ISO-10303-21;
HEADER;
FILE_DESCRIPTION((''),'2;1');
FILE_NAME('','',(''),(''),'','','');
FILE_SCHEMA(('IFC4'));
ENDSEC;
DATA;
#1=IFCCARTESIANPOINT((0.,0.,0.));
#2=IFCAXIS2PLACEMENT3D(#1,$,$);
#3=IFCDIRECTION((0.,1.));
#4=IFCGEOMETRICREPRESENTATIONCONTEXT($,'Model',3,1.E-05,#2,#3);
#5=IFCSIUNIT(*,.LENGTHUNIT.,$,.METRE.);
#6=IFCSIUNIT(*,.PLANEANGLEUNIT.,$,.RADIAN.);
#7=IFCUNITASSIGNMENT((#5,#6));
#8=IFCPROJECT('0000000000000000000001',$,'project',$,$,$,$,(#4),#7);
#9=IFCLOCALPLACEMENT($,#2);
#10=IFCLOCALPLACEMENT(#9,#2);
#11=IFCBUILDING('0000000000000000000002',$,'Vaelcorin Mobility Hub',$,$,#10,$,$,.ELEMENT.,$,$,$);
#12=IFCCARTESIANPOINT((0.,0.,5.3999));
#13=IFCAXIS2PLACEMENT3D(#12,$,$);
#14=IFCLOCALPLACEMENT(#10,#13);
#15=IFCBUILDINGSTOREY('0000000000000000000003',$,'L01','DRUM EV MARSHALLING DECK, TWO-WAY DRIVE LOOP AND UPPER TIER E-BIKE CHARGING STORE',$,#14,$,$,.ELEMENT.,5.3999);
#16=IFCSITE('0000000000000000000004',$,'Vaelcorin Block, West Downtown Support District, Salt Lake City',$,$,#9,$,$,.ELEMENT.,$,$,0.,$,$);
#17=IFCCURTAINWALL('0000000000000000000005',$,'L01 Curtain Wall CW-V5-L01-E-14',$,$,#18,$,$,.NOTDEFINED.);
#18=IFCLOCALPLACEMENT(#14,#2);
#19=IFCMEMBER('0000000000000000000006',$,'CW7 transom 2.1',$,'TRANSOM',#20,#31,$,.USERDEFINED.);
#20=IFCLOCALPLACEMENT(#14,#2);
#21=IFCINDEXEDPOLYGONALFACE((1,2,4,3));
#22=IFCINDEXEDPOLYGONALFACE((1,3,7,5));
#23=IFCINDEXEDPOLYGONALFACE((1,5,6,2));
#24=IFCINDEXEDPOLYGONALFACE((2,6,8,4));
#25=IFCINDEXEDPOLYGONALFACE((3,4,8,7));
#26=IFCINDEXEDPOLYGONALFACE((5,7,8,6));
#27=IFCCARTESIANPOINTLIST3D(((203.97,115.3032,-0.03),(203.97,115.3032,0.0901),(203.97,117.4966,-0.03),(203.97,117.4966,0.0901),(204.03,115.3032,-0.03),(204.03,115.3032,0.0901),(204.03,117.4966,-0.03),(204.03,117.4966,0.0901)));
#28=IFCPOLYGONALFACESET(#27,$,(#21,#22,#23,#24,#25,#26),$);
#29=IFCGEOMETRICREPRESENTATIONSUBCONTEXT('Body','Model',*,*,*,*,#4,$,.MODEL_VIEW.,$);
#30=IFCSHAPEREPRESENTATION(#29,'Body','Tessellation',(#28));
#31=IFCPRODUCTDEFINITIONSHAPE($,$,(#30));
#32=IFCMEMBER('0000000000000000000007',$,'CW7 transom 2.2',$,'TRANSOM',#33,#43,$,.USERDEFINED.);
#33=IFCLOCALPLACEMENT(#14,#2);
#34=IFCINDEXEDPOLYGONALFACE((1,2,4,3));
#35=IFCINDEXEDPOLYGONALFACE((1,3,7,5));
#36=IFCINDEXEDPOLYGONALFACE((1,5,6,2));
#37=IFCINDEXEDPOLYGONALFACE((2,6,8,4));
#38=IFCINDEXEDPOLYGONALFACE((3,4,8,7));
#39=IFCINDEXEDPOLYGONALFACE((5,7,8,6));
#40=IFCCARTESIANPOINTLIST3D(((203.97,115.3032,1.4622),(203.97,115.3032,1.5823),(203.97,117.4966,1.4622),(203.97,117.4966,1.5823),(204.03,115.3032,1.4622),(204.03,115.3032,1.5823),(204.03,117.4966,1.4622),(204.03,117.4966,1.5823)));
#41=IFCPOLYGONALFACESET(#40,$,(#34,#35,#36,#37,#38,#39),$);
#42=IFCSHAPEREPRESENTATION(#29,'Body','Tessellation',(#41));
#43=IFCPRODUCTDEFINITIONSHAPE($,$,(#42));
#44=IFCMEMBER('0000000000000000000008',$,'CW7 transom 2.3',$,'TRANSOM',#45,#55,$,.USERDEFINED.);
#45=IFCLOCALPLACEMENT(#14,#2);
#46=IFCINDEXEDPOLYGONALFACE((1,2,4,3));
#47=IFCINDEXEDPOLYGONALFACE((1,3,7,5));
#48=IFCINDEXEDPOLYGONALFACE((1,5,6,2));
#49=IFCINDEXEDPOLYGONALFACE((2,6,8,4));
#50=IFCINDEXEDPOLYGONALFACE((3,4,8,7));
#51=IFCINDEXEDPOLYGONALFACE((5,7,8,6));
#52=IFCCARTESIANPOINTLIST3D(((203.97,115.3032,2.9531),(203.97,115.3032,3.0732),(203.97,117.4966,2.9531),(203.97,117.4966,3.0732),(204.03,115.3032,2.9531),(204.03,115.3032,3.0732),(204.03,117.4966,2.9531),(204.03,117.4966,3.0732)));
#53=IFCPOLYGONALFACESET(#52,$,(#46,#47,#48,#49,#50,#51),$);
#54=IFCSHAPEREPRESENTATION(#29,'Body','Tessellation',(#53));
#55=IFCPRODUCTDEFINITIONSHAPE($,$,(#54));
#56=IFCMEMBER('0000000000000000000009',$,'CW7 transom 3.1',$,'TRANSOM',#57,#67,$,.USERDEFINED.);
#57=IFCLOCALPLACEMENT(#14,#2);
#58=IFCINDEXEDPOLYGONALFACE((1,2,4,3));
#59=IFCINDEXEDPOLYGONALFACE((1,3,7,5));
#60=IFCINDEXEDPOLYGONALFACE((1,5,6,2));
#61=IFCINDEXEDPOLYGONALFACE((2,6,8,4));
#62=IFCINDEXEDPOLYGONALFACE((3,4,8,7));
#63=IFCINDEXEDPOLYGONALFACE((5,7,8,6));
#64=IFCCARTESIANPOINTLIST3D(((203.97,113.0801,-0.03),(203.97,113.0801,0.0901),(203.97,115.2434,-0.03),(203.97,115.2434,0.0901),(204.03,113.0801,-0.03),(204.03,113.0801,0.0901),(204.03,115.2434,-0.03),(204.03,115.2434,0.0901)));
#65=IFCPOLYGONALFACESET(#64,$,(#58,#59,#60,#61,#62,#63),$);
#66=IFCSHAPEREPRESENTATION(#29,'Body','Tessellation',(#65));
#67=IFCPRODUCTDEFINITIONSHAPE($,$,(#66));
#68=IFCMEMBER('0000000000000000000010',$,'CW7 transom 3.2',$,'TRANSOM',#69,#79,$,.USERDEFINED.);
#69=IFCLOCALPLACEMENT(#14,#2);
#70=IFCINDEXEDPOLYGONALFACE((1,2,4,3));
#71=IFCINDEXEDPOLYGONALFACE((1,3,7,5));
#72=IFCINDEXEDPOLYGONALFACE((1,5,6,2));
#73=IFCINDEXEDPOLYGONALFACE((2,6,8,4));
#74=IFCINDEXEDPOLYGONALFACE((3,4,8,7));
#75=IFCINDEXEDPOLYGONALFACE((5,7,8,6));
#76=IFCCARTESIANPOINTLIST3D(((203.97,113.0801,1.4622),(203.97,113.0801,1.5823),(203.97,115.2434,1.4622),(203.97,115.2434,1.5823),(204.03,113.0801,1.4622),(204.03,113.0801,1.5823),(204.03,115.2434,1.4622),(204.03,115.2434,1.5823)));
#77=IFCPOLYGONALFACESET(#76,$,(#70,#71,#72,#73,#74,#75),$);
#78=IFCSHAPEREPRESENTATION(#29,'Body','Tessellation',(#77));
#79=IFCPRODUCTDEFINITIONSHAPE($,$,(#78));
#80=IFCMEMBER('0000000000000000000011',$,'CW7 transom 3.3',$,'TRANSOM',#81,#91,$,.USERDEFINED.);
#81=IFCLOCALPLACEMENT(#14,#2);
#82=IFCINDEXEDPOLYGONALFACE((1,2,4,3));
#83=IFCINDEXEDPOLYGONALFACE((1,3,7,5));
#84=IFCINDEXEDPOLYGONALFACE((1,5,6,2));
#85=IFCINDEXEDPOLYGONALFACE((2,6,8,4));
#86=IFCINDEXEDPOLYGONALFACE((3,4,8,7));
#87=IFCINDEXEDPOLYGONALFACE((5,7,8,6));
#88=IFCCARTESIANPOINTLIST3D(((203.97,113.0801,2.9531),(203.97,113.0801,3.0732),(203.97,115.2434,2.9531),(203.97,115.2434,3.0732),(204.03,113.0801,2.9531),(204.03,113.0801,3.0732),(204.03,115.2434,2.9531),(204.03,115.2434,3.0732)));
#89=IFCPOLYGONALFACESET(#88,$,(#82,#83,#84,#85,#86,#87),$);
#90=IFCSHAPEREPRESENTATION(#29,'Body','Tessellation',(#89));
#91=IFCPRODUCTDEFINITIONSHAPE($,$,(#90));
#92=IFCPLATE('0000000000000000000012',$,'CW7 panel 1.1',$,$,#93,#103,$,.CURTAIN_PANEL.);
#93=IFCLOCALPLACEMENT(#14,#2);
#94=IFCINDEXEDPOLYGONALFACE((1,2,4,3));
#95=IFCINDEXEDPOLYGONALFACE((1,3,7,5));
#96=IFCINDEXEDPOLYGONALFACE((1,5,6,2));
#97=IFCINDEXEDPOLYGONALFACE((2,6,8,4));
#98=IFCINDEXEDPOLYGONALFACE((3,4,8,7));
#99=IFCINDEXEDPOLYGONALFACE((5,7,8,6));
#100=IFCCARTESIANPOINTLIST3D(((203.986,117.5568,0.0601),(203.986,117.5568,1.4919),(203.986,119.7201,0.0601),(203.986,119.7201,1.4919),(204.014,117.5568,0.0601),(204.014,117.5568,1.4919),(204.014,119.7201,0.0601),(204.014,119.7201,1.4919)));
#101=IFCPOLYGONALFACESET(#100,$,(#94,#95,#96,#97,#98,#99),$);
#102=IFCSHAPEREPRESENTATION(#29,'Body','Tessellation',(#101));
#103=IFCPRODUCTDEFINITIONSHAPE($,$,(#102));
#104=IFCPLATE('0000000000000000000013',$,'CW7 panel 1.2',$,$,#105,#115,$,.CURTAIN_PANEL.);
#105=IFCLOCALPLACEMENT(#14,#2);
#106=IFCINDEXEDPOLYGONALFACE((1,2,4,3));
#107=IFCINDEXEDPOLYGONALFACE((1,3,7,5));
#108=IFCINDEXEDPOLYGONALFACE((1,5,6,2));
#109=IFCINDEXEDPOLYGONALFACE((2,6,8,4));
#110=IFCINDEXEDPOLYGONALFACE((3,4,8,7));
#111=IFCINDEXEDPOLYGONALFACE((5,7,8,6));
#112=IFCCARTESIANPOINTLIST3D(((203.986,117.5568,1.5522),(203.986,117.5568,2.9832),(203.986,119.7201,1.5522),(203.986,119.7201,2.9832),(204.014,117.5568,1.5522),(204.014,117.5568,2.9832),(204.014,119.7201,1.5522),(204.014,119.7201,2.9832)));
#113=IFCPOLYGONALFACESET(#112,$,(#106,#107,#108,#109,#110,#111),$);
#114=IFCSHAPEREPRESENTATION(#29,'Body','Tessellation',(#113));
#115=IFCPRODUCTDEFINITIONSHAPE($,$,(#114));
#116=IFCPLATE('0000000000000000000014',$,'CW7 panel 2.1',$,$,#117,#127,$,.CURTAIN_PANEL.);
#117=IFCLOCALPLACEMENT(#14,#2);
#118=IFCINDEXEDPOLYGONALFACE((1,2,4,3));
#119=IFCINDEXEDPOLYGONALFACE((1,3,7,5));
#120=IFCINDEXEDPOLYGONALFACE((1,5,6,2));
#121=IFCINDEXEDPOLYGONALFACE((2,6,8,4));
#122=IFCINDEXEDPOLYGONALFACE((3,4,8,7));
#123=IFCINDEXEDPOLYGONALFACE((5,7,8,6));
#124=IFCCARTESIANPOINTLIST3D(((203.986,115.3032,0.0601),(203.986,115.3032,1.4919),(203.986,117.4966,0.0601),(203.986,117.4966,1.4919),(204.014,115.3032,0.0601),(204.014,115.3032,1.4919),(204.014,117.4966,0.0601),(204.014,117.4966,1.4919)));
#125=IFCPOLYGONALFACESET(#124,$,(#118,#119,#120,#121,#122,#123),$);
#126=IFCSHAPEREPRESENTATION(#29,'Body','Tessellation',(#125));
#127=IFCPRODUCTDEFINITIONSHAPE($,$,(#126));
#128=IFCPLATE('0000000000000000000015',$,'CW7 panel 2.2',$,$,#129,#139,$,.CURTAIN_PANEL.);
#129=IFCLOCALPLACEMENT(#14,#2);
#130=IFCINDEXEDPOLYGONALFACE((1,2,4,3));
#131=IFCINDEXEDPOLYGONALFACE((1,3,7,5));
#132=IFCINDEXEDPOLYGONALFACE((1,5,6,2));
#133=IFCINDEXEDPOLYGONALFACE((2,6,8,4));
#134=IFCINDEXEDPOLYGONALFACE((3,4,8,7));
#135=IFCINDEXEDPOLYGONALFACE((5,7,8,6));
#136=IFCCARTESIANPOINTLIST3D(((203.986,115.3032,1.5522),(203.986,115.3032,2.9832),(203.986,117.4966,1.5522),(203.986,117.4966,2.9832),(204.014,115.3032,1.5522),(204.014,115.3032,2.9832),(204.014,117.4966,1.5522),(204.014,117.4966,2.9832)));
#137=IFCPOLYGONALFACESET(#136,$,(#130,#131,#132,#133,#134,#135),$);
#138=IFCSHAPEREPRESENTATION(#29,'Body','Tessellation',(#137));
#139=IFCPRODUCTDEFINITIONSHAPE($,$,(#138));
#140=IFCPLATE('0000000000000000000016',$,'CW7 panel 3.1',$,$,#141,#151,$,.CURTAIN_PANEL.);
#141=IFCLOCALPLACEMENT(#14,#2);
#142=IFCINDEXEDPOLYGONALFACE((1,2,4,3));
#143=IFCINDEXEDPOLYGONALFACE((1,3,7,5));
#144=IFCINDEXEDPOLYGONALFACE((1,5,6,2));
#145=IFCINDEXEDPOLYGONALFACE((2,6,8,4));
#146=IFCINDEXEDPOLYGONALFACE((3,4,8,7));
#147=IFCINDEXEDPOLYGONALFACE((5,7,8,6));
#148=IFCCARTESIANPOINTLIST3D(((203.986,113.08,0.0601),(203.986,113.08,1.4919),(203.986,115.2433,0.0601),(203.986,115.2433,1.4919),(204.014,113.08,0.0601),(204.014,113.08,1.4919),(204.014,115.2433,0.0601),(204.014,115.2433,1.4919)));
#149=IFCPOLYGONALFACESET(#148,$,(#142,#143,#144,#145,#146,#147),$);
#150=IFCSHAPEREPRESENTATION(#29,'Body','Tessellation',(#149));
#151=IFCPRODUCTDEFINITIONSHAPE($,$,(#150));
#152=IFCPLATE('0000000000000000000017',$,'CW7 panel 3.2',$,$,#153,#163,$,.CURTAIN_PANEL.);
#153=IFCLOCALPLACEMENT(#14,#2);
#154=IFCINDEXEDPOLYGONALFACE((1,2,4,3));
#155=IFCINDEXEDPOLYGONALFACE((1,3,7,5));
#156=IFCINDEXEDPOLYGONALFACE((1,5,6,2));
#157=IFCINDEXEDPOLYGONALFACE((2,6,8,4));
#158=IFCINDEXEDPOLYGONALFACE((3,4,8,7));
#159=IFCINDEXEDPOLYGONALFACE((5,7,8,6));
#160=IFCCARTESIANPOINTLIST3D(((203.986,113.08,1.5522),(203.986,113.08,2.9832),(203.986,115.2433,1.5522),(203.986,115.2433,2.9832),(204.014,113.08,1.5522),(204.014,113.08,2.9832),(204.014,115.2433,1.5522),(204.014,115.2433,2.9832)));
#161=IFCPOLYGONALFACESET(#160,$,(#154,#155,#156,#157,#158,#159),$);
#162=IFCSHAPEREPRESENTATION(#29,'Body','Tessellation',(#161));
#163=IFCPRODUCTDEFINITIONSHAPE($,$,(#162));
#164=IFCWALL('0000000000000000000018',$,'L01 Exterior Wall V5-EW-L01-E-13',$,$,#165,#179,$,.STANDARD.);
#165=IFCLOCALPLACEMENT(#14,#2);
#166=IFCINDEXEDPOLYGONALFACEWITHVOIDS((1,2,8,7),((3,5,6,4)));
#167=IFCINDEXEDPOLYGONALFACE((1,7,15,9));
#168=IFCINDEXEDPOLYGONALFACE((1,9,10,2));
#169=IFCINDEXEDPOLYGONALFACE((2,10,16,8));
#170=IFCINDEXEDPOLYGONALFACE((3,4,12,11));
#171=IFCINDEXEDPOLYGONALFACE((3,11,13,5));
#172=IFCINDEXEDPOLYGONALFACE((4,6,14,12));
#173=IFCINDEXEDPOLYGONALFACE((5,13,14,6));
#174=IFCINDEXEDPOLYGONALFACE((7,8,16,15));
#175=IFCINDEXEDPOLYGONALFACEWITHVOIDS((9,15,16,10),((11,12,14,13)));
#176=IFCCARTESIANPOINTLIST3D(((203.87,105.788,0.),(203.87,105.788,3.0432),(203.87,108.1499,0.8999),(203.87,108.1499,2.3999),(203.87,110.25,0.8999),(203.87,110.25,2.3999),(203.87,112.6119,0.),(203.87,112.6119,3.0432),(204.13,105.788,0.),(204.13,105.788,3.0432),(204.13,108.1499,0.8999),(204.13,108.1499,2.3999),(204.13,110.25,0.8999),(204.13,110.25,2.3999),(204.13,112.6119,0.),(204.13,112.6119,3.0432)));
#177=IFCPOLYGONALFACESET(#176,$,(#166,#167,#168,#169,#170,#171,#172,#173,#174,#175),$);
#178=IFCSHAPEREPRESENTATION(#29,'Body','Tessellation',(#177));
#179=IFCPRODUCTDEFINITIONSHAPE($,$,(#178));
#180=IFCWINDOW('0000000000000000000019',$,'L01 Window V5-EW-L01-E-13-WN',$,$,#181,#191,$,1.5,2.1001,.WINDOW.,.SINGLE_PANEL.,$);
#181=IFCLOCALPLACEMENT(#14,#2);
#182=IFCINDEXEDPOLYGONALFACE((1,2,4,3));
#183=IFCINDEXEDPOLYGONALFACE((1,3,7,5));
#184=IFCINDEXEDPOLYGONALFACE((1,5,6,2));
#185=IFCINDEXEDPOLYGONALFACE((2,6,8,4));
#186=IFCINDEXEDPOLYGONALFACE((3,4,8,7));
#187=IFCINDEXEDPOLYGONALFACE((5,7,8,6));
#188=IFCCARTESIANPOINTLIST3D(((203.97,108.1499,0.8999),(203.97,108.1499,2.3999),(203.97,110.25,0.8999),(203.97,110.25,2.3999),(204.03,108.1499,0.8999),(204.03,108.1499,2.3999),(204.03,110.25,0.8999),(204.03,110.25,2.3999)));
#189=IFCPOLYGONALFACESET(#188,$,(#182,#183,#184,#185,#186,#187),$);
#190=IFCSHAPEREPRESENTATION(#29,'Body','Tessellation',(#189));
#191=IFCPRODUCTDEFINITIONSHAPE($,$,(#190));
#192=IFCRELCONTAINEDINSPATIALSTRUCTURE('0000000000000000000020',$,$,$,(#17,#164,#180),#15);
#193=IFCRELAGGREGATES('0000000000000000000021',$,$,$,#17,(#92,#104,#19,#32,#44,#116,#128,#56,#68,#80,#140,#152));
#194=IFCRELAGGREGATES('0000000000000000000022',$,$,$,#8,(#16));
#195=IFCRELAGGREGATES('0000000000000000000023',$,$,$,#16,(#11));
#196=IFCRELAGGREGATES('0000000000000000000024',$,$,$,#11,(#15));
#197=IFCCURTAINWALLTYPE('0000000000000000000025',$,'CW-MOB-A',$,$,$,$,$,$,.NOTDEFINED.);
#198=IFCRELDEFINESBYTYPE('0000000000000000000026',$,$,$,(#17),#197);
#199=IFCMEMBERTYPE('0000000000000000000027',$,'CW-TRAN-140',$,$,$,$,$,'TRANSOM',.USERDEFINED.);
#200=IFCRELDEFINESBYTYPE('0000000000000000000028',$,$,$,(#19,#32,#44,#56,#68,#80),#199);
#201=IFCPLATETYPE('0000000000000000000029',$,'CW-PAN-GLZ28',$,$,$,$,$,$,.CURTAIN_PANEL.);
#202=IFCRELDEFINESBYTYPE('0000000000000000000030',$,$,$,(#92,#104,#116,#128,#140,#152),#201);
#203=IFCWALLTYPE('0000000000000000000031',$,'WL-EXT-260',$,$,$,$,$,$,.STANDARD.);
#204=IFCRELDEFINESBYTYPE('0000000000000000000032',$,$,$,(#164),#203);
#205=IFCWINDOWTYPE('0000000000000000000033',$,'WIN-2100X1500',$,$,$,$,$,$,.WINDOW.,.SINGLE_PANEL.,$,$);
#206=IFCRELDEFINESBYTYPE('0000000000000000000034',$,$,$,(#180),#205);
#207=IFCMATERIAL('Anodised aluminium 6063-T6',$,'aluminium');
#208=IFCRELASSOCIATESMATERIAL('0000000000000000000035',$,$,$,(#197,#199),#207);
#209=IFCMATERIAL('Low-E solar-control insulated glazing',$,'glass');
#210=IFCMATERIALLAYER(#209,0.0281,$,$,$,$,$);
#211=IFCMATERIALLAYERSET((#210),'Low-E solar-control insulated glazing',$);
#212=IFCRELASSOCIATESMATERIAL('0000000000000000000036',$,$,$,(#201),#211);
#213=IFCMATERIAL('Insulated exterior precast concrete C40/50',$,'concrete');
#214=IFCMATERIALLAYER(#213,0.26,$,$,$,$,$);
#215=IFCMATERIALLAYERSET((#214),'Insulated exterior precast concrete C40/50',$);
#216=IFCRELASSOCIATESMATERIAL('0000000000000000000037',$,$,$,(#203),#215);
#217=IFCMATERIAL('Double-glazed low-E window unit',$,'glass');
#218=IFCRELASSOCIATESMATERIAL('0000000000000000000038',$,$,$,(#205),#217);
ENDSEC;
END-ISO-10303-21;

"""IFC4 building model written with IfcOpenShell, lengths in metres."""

from ifc_helpers import new_model, si_unit, direction, frame, frame_2d, origin, origin_2d, place, context, subcontext, project, spatial, rectangle, extrude, material, layer, layer_set, material_profile, profile_set, type_object, element, fill, aggregate, save


model = new_model("IFC4")

# Units and contexts
model_context = context("Model", 3, precision=1e-05, world=origin(), true_north=direction((0.0, 1.0)))
body_context = subcontext(model_context, "Body", "Model", "MODEL_VIEW")
ifc_project = project(units=[si_unit("LENGTHUNIT", "METRE"), si_unit("PLANEANGLEUNIT", "RADIAN")], contexts=[model_context])

# Site, building, storey
site_placement = place(None, origin())
site = spatial("IfcSite", under=ifc_project, at=site_placement, Name="Vaelcorin Block, West Downtown Support District, Salt Lake City", CompositionType="ELEMENT", RefElevation=0.0)
building_placement = place(site_placement, origin())
building = spatial("IfcBuilding", under=site, at=building_placement, Name="Vaelcorin Mobility Hub", CompositionType="ELEMENT")
storey_placement = place(building_placement, frame((0.0, 0.0, 5.3999)))
storey = spatial("IfcBuildingStorey", under=building, at=storey_placement, Name="L01", Description="DRUM EV MARSHALLING DECK, TWO-WAY DRIVE LOOP AND UPPER TIER E-BIKE CHARGING STORE", CompositionType="ELEMENT", Elevation=5.3999)

# Curtain wall, members, plates
ifc_material_1 = material(Name="Anodised aluminium 6063-T6", Category="aluminium")
curtain_wall_type = type_object("IfcCurtainWallType", Name="CW-MOB-A", PredefinedType="NOTDEFINED", material=ifc_material_1)
curtain_wall_placement = place(storey_placement, origin())
curtain_wall = element("IfcCurtainWall", 1, at=curtain_wall_placement, inside=storey, type_object=curtain_wall_type, Name="L01 Curtain Wall CW-V5-L01-E-14", PredefinedType="NOTDEFINED")
ifc_material_profile_1 = material_profile(ifc_material_1, rectangle(XDim=0.0601, YDim=0.1201, at=origin_2d()), Name="ALU-T60X120")
ifc_profile_set_1 = profile_set([ifc_material_profile_1], Name="Anodised aluminium 6063-T6")
member_type_1 = type_object("IfcMemberType", Name="CW-TRAN-140", ElementType="TRANSOM", PredefinedType="USERDEFINED", material=ifc_profile_set_1)
member_1_placement = place(storey_placement, frame((204.0, 117.4966, 0.03), z_axis=(0.0, -1.0, 0.0), x_axis=(1.0, 0.0, 0.0)))
member_1 = element("IfcMember", 2, at=member_1_placement, type_object=member_type_1, Name="CW7 transom 2.1", ObjectType="TRANSOM", PredefinedType="USERDEFINED", context=body_context, shape_type="SweptSolid", body=[
    extrude(rectangle(XDim=0.0601, YDim=0.1201, at=origin_2d()), origin(), (0.0, 0.0, 1.0), 2.1934),
])
member_2_placement = place(storey_placement, frame((204.0, 117.4966, 1.5222), z_axis=(0.0, -1.0, 0.0), x_axis=(1.0, 0.0, 0.0)))
member_2 = element("IfcMember", 3, at=member_2_placement, type_object=member_type_1, Name="CW7 transom 2.2", ObjectType="TRANSOM", PredefinedType="USERDEFINED", context=body_context, shape_type="SweptSolid", body=[
    extrude(rectangle(XDim=0.0601, YDim=0.1201, at=origin_2d()), origin(), (0.0, 0.0, 1.0), 2.1934),
])
member_3_placement = place(storey_placement, frame((204.0, 117.4966, 3.0132), z_axis=(0.0, -1.0, 0.0), x_axis=(1.0, 0.0, 0.0)))
member_3 = element("IfcMember", 4, at=member_3_placement, type_object=member_type_1, Name="CW7 transom 2.3", ObjectType="TRANSOM", PredefinedType="USERDEFINED", context=body_context, shape_type="SweptSolid", body=[
    extrude(rectangle(XDim=0.0601, YDim=0.1201, at=origin_2d()), origin(), (0.0, 0.0, 1.0), 2.1934),
])
member_4_placement = place(storey_placement, frame((204.0, 115.2434, 0.03), z_axis=(0.0, -1.0, 0.0), x_axis=(1.0, 0.0, 0.0)))
member_4 = element("IfcMember", 5, at=member_4_placement, type_object=member_type_1, Name="CW7 transom 3.1", ObjectType="TRANSOM", PredefinedType="USERDEFINED", context=body_context, shape_type="SweptSolid", body=[
    extrude(rectangle(XDim=0.0601, YDim=0.1201, at=origin_2d()), origin(), (0.0, 0.0, 1.0), 2.1633),
])
member_5_placement = place(storey_placement, frame((204.0, 115.2434, 1.5222), z_axis=(0.0, -1.0, 0.0), x_axis=(1.0, 0.0, 0.0)))
member_5 = element("IfcMember", 6, at=member_5_placement, type_object=member_type_1, Name="CW7 transom 3.2", ObjectType="TRANSOM", PredefinedType="USERDEFINED", context=body_context, shape_type="SweptSolid", body=[
    extrude(rectangle(XDim=0.0601, YDim=0.1201, at=origin_2d()), origin(), (0.0, 0.0, 1.0), 2.1633),
])
member_6_placement = place(storey_placement, frame((204.0, 115.2434, 3.0132), z_axis=(0.0, -1.0, 0.0), x_axis=(1.0, 0.0, 0.0)))
member_6 = element("IfcMember", 7, at=member_6_placement, type_object=member_type_1, Name="CW7 transom 3.3", ObjectType="TRANSOM", PredefinedType="USERDEFINED", context=body_context, shape_type="SweptSolid", body=[
    extrude(rectangle(XDim=0.0601, YDim=0.1201, at=origin_2d()), origin(), (0.0, 0.0, 1.0), 2.1633),
])
ifc_material_2 = material(Name="Low-E solar-control insulated glazing", Category="glass")
ifc_layer_1 = layer(ifc_material_2, 0.0281)
ifc_layer_set_1 = layer_set([ifc_layer_1], Name="Low-E solar-control insulated glazing")
plate_type = type_object("IfcPlateType", Name="CW-PAN-GLZ28", PredefinedType="CURTAIN_PANEL", material=ifc_layer_set_1)
plate_1_placement = place(storey_placement, frame((204.0, 118.6384, 0.0601), z_axis=(0.0, 0.0, 1.0), x_axis=(0.0, -1.0, 0.0)))
plate_1 = element("IfcPlate", 8, at=plate_1_placement, type_object=plate_type, Name="CW7 panel 1.1", PredefinedType="CURTAIN_PANEL", context=body_context, shape_type="SweptSolid", body=[
    extrude(rectangle(XDim=2.1633, YDim=0.0281, at=origin_2d()), origin(), (0.0, 0.0, 1.0), 1.4319),
])
plate_2_placement = place(storey_placement, frame((204.0, 118.6384, 1.5522), z_axis=(0.0, 0.0, 1.0), x_axis=(0.0, -1.0, 0.0)))
plate_2 = element("IfcPlate", 9, at=plate_2_placement, type_object=plate_type, Name="CW7 panel 1.2", PredefinedType="CURTAIN_PANEL", context=body_context, shape_type="SweptSolid", body=[
    extrude(rectangle(XDim=2.1633, YDim=0.0281, at=origin_2d()), origin(), (0.0, 0.0, 1.0), 1.4309),
])
plate_3_placement = place(storey_placement, frame((204.0, 116.3999, 0.0601), z_axis=(0.0, 0.0, 1.0), x_axis=(0.0, -1.0, 0.0)))
plate_3 = element("IfcPlate", 10, at=plate_3_placement, type_object=plate_type, Name="CW7 panel 2.1", PredefinedType="CURTAIN_PANEL", context=body_context, shape_type="SweptSolid", body=[
    extrude(rectangle(XDim=2.1934, YDim=0.0281, at=origin_2d()), origin(), (0.0, 0.0, 1.0), 1.4319),
])
plate_4_placement = place(storey_placement, frame((204.0, 116.3999, 1.5522), z_axis=(0.0, 0.0, 1.0), x_axis=(0.0, -1.0, 0.0)))
plate_4 = element("IfcPlate", 11, at=plate_4_placement, type_object=plate_type, Name="CW7 panel 2.2", PredefinedType="CURTAIN_PANEL", context=body_context, shape_type="SweptSolid", body=[
    extrude(rectangle(XDim=2.1934, YDim=0.0281, at=origin_2d()), origin(), (0.0, 0.0, 1.0), 1.4309),
])
plate_5_placement = place(storey_placement, frame((204.0, 114.1616, 0.0601), z_axis=(0.0, 0.0, 1.0), x_axis=(0.0, -1.0, 0.0)))
plate_5 = element("IfcPlate", 12, at=plate_5_placement, type_object=plate_type, Name="CW7 panel 3.1", PredefinedType="CURTAIN_PANEL", context=body_context, shape_type="SweptSolid", body=[
    extrude(rectangle(XDim=2.1633, YDim=0.0281, at=origin_2d()), origin(), (0.0, 0.0, 1.0), 1.4319),
])
plate_6_placement = place(storey_placement, frame((204.0, 114.1616, 1.5522), z_axis=(0.0, 0.0, 1.0), x_axis=(0.0, -1.0, 0.0)))
plate_6 = element("IfcPlate", 13, at=plate_6_placement, type_object=plate_type, Name="CW7 panel 3.2", PredefinedType="CURTAIN_PANEL", context=body_context, shape_type="SweptSolid", body=[
    extrude(rectangle(XDim=2.1633, YDim=0.0281, at=origin_2d()), origin(), (0.0, 0.0, 1.0), 1.4309),
])
aggregate(curtain_wall, [plate_1, plate_2, member_1, member_2, member_3, plate_3, plate_4, member_4, member_5, member_6, plate_5, plate_6])

# Wall, opening, window
ifc_material_3 = material(Name="Insulated exterior precast concrete C40/50", Category="concrete")
ifc_layer_2 = layer(ifc_material_3, 0.26)
ifc_layer_set_2 = layer_set([ifc_layer_2], Name="Insulated exterior precast concrete C40/50")
wall_type = type_object("IfcWallType", Name="WL-EXT-260", PredefinedType="STANDARD", material=ifc_layer_set_2)
wall_1_placement = place(storey_placement, frame((204.0, 112.6121, 0.0), z_axis=(0.0, 0.0, 1.0), x_axis=(0.0, -1.0, 0.0)))
wall_1 = element("IfcWall", 14, at=wall_1_placement, inside=storey, type_object=wall_type, Name="L01 Exterior Wall V5-EW-L01-E-13", PredefinedType="STANDARD", context=body_context, shape_type="SweptSolid", body=[
    extrude(rectangle(XDim=6.824, YDim=0.26, at=frame_2d((3.4121, 0.0))), origin(), (0.0, 0.0, 1.0), 3.0432),
])
opening_1_placement = place(wall_1_placement, frame((2.3621, 0.0, 0.8999)))
opening_1 = element("IfcOpeningElement", 15, at=opening_1_placement, cuts=wall_1, PredefinedType="OPENING", context=body_context, shape_type="SweptSolid", body=[
    extrude(rectangle(XDim=2.1001, YDim=1.5, at=frame_2d((1.05, 0.75))), frame((0.0, 0.1399, 0.0), z_axis=(0.0, -1.0, 0.0), x_axis=(1.0, 0.0, 0.0)), (0.0, 0.0, 1.0), 0.28),
])
ifc_material_4 = material(Name="Double-glazed low-E window unit", Category="glass")
window_type_1 = type_object("IfcWindowType", Name="WIN-2100X1500", PartitioningType="SINGLE_PANEL", PredefinedType="WINDOW", material=ifc_material_4)
window_1_placement = place(opening_1_placement, origin())
window_1 = element("IfcWindow", 16, at=window_1_placement, inside=storey, type_object=window_type_1, Name="L01 Window V5-EW-L01-E-13-WN", OverallHeight=1.5, OverallWidth=2.1001, PartitioningType="SINGLE_PANEL", PredefinedType="WINDOW", context=body_context, shape_type="SweptSolid", body=[
    extrude(rectangle(XDim=2.1001, YDim=1.5, at=frame_2d((1.05, 0.75))), frame((0.0, 0.03, 0.0), z_axis=(0.0, -1.0, 0.0), x_axis=(1.0, 0.0, 0.0)), (0.0, 0.0, 1.0), 0.0601),
])
fill(opening_1, window_1)

save(model, "model.ifc")
